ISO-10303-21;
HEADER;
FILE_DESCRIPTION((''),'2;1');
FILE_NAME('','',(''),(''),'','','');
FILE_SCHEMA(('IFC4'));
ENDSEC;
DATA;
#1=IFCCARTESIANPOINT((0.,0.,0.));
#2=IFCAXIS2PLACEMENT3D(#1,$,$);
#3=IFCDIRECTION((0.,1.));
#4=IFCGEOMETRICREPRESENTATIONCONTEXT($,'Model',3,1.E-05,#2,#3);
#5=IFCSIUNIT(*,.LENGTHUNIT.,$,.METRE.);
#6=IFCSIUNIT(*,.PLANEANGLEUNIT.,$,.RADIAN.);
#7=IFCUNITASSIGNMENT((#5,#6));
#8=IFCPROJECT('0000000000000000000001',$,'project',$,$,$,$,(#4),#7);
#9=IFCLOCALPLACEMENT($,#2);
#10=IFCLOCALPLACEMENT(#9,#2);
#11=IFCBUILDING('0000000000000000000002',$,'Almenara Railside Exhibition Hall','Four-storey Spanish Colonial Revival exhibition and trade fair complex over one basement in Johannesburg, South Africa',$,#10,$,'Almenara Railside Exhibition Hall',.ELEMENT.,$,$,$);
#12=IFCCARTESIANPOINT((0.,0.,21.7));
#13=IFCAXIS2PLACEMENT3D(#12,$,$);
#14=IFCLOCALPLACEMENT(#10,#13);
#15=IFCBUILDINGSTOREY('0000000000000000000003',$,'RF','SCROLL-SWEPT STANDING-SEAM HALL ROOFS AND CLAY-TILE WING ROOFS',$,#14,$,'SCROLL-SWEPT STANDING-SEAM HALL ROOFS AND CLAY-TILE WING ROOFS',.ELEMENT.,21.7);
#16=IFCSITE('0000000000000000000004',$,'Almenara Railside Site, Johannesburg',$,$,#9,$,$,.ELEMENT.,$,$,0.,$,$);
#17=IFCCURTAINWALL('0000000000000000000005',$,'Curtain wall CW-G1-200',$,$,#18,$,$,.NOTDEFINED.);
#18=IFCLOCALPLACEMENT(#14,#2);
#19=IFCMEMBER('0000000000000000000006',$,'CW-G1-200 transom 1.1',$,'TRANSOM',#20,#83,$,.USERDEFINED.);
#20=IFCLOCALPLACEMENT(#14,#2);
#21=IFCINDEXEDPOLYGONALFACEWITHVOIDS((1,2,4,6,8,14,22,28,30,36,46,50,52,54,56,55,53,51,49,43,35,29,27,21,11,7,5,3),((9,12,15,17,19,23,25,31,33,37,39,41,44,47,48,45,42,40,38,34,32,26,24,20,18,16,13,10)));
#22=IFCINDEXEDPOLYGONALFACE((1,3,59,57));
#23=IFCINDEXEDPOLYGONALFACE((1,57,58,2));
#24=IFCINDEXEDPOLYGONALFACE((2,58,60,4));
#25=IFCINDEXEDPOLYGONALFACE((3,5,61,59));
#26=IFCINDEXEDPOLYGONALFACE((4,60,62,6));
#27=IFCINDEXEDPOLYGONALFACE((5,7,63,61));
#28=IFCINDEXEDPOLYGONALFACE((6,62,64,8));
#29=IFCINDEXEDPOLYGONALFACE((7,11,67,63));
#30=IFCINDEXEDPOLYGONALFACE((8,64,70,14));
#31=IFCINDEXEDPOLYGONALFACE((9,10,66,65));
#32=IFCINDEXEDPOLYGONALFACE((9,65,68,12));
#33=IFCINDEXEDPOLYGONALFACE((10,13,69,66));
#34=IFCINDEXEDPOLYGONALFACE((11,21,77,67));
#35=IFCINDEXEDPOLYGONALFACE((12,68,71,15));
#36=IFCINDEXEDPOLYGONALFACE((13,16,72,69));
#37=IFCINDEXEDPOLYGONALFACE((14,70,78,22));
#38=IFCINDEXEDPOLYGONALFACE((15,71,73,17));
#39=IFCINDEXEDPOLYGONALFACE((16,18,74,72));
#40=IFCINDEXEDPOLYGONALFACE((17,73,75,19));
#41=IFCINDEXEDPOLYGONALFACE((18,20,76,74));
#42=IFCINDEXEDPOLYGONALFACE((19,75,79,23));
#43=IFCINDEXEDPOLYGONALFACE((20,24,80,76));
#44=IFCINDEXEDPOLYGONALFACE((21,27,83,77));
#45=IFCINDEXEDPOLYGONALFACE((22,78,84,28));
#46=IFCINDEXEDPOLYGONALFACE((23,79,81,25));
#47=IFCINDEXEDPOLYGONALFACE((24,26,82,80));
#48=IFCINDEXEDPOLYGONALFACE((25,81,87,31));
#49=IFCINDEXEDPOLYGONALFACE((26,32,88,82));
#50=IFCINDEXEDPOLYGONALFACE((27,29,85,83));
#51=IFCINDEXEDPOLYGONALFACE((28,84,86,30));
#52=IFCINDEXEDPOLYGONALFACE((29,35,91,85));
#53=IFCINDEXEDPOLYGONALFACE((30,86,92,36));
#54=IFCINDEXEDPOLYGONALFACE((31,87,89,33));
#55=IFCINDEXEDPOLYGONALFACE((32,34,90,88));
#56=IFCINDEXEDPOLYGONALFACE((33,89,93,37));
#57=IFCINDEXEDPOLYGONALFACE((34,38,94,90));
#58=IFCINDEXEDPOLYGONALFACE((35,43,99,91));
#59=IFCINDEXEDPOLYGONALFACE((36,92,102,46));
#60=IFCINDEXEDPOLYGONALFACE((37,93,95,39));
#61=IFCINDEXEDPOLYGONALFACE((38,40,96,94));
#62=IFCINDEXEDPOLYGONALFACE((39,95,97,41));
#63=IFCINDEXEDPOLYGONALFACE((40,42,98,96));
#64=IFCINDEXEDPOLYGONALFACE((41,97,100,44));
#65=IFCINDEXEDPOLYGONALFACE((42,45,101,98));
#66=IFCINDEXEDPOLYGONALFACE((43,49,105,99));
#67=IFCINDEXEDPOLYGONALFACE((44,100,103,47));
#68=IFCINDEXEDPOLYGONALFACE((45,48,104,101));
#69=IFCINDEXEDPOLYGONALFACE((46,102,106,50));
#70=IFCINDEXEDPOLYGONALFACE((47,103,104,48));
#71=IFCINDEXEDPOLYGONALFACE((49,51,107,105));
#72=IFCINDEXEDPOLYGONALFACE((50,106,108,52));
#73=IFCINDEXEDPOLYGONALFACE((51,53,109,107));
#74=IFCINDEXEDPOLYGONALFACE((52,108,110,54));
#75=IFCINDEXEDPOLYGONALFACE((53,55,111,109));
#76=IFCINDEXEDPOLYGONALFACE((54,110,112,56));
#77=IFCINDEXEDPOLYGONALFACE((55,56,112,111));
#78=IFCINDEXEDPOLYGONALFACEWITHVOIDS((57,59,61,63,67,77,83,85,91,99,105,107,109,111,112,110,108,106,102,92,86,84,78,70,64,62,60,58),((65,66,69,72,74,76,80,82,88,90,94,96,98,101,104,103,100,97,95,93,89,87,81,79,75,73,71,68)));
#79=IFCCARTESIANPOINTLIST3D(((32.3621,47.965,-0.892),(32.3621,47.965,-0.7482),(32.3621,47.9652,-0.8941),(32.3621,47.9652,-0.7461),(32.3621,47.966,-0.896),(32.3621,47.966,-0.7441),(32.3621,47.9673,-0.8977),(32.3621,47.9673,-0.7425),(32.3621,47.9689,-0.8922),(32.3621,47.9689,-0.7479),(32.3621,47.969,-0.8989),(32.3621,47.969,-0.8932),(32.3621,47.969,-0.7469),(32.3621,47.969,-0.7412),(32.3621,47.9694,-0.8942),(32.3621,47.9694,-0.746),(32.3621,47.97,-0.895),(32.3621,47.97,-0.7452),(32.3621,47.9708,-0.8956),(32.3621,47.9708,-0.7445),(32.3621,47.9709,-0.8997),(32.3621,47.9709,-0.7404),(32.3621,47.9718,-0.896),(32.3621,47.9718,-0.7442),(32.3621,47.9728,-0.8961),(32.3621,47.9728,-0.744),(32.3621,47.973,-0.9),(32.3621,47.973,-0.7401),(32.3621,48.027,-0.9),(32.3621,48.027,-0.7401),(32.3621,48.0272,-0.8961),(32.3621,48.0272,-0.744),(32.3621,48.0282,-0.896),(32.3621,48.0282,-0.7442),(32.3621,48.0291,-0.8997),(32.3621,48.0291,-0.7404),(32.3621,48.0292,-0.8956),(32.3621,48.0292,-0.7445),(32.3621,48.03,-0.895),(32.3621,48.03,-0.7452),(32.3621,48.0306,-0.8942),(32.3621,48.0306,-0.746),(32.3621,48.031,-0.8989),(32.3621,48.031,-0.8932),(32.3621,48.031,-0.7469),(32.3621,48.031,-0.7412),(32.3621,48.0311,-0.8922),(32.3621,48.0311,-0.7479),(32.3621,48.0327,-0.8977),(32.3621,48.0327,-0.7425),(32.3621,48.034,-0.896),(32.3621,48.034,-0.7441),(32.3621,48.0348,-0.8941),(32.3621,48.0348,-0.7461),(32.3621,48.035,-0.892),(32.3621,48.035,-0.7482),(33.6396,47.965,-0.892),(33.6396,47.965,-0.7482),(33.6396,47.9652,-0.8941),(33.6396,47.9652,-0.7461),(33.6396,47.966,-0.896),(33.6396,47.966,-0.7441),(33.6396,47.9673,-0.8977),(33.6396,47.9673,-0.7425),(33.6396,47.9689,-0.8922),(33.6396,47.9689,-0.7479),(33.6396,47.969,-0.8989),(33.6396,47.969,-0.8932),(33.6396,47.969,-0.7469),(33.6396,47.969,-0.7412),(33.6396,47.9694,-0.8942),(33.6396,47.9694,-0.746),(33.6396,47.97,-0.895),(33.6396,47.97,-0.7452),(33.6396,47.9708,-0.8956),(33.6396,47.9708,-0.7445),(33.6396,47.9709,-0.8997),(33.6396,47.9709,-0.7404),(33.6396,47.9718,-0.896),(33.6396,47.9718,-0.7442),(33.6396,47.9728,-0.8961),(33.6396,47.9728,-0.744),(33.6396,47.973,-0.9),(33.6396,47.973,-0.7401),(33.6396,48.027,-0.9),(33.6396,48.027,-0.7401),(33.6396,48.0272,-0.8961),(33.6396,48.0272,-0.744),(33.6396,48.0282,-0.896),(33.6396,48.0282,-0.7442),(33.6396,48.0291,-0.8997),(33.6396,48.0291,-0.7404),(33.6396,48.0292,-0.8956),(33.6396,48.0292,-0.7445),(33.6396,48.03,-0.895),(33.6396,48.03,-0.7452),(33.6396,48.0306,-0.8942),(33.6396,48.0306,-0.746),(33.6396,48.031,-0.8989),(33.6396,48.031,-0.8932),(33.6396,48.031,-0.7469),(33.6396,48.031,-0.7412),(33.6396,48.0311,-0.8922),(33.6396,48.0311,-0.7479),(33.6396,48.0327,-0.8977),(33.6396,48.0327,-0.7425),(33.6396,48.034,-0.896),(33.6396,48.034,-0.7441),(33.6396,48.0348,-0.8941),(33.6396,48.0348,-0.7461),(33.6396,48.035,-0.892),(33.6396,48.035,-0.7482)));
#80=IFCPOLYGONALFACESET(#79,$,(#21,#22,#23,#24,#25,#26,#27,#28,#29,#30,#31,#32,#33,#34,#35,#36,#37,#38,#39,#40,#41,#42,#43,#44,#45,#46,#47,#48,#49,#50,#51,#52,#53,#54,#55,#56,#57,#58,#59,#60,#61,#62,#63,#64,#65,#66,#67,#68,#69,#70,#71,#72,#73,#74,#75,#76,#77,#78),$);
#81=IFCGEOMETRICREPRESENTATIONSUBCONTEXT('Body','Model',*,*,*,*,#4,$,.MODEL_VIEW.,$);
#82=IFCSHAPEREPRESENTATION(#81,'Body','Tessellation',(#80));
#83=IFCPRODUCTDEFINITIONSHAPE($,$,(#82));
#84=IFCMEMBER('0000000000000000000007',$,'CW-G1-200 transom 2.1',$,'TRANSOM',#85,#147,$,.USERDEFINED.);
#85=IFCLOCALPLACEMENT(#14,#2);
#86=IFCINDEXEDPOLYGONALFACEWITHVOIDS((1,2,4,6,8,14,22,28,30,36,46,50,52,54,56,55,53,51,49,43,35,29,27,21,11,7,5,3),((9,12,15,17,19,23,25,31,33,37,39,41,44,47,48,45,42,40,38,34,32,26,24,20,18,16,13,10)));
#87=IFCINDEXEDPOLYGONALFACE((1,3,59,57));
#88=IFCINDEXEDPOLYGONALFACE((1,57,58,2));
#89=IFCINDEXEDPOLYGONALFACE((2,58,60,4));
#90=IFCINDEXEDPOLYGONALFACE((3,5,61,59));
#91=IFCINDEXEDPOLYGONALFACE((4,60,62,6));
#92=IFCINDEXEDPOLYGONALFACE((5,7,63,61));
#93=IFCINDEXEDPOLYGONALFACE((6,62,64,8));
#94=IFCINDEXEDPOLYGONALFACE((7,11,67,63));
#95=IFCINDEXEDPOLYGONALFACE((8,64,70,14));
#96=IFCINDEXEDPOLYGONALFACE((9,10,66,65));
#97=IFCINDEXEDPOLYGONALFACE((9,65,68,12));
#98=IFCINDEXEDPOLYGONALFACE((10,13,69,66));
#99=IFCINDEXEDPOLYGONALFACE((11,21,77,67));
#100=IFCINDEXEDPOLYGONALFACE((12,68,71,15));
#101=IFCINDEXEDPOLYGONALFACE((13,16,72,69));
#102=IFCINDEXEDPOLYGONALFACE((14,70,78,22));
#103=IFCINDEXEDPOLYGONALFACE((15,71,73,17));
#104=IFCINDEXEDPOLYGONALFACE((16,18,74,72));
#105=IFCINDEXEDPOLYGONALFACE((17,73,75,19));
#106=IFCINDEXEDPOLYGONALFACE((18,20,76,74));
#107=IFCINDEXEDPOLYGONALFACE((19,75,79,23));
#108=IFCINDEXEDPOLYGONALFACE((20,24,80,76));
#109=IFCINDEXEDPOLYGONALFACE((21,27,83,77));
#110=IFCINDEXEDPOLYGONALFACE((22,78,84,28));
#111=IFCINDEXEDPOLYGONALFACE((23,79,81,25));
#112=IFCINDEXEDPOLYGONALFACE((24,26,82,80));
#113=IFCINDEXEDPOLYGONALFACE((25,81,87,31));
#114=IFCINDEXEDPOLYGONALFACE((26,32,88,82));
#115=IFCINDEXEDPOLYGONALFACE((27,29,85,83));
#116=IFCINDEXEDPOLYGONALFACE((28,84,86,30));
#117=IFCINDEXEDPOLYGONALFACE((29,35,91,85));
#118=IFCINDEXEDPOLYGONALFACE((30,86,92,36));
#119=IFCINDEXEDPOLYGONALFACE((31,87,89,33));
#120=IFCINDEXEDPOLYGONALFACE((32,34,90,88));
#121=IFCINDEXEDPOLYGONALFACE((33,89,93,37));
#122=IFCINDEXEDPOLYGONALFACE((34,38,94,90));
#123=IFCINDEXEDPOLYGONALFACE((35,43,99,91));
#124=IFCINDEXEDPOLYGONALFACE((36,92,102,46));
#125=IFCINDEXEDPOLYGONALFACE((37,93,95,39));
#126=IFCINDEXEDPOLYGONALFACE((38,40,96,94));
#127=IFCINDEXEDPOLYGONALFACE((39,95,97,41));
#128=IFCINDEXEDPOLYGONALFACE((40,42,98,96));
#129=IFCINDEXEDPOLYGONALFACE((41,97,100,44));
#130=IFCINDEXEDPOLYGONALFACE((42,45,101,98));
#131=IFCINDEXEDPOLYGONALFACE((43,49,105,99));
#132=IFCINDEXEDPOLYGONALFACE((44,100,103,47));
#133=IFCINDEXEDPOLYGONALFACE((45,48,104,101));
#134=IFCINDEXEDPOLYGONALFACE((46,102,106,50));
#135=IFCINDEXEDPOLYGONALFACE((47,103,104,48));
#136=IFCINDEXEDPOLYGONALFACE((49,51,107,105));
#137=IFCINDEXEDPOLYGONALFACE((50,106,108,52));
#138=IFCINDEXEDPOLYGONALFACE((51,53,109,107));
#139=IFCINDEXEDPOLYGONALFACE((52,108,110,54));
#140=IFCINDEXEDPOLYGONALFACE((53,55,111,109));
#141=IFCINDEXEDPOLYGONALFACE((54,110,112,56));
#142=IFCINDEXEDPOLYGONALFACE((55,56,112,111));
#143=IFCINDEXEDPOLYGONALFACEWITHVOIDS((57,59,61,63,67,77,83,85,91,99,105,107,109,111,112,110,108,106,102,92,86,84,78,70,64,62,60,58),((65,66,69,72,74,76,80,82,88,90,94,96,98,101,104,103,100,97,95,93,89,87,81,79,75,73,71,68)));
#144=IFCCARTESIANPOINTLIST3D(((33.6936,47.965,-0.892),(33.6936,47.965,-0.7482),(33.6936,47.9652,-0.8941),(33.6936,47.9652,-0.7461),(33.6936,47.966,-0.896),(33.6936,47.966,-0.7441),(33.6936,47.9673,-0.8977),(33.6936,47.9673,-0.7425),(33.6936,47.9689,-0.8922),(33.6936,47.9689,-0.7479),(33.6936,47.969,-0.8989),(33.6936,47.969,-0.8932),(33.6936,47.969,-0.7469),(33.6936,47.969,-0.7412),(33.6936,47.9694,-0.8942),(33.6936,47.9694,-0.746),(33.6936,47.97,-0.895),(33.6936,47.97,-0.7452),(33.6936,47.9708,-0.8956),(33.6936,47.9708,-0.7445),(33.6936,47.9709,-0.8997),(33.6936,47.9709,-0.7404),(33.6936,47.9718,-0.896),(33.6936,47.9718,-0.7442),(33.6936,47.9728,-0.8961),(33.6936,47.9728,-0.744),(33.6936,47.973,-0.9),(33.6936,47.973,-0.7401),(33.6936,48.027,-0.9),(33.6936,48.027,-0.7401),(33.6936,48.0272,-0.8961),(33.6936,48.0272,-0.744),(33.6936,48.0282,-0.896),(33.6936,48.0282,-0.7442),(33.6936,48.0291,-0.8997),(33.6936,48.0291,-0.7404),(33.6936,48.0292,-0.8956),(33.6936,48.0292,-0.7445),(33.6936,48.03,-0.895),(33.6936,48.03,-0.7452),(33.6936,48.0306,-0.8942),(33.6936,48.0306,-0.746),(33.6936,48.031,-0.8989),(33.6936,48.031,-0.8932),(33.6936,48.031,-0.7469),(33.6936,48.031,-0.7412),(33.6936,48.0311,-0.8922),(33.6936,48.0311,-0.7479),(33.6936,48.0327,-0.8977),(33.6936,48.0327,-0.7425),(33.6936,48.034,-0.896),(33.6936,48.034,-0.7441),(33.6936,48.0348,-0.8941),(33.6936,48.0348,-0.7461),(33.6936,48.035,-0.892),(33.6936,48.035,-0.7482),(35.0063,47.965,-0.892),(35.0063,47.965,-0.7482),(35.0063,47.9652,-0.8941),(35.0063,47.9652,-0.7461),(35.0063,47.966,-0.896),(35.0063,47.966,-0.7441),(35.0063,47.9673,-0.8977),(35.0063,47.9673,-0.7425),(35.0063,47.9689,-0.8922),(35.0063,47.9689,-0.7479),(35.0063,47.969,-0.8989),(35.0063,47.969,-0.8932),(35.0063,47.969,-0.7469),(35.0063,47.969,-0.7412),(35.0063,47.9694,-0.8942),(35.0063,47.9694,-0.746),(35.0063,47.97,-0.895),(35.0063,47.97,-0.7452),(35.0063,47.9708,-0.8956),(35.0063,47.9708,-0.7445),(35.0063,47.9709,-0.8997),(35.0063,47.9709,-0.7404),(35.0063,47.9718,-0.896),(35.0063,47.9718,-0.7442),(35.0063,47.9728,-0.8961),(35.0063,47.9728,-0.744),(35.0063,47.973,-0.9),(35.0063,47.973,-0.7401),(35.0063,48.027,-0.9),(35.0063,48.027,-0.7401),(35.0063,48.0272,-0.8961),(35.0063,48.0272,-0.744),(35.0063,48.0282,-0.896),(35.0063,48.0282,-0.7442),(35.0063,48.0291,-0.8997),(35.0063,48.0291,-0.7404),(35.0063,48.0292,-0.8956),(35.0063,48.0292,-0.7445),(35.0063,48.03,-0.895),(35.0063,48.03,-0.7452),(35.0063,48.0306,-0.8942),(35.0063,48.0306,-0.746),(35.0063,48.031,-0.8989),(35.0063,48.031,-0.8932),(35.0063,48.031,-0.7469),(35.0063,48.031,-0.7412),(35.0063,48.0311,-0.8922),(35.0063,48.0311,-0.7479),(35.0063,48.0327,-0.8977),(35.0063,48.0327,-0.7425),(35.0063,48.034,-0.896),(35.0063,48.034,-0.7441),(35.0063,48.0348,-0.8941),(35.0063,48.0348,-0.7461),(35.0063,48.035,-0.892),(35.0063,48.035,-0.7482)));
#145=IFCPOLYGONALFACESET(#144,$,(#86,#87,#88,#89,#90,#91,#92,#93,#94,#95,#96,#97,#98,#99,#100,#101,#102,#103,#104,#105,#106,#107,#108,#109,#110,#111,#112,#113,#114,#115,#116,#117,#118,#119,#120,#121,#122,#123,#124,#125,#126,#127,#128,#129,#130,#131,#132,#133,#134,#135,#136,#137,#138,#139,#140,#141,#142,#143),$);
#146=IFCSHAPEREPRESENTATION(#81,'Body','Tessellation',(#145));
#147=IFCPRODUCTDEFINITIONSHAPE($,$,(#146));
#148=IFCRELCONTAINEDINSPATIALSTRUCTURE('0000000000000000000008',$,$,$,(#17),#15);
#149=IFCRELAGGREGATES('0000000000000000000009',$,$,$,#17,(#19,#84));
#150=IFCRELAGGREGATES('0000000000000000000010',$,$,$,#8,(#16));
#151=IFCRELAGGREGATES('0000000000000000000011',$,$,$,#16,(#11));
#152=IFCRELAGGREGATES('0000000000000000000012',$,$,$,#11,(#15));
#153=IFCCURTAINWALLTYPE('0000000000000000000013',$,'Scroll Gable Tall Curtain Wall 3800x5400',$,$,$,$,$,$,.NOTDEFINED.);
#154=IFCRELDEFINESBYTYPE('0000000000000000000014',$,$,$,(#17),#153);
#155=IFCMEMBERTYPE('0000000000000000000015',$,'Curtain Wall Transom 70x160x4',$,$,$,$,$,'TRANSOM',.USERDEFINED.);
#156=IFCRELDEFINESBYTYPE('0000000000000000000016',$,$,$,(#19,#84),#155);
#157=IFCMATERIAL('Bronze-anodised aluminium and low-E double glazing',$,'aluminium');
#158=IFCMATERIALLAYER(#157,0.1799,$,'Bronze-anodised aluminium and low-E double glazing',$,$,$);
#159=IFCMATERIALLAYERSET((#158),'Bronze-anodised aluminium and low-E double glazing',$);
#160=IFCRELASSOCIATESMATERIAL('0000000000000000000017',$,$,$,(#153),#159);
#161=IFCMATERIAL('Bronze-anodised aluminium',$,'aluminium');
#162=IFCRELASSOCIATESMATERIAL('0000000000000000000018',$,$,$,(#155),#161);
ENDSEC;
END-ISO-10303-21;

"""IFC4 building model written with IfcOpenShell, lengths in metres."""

from ifc_helpers import new_model, si_unit, direction, frame, origin, origin_2d, place, context, subcontext, project, spatial, hollow_rectangle, extrude, material, layer, layer_set, material_profile, profile_set, type_object, element, aggregate, save


model = new_model("IFC4")

# Units and contexts
model_context = context("Model", 3, precision=1e-05, world=origin(), true_north=direction((0.0, 1.0)))
body_context = subcontext(model_context, "Body", "Model", "MODEL_VIEW")
ifc_project = project(units=[si_unit("LENGTHUNIT", "METRE"), si_unit("PLANEANGLEUNIT", "RADIAN")], contexts=[model_context])

# Site, building, storey
site_placement = place(None, origin())
site = spatial("IfcSite", under=ifc_project, at=site_placement, Name="Almenara Railside Site, Johannesburg", CompositionType="ELEMENT", RefElevation=0.0)
building_placement = place(site_placement, origin())
building = spatial("IfcBuilding", under=site, at=building_placement, Name="Almenara Railside Exhibition Hall", Description="Four-storey Spanish Colonial Revival exhibition and trade fair complex over one basement in Johannesburg, South Africa", LongName="Almenara Railside Exhibition Hall", CompositionType="ELEMENT")
storey_placement = place(building_placement, frame((0.0, 0.0, 21.7)))
storey = spatial("IfcBuildingStorey", under=building, at=storey_placement, Name="RF", Description="SCROLL-SWEPT STANDING-SEAM HALL ROOFS AND CLAY-TILE WING ROOFS", LongName="SCROLL-SWEPT STANDING-SEAM HALL ROOFS AND CLAY-TILE WING ROOFS", CompositionType="ELEMENT", Elevation=21.7)

# Curtain wall
ifc_material_1 = material(Name="Bronze-anodised aluminium and low-E double glazing", Category="aluminium")
ifc_layer_1 = layer(ifc_material_1, 0.1799, Name="Bronze-anodised aluminium and low-E double glazing")
ifc_layer_set_1 = layer_set([ifc_layer_1], Name="Bronze-anodised aluminium and low-E double glazing")
curtain_wall_type = type_object("IfcCurtainWallType", Name="Scroll Gable Tall Curtain Wall 3800x5400", PredefinedType="NOTDEFINED", material=ifc_layer_set_1)
ifc_material_2 = material(Name="Bronze-anodised aluminium", Category="aluminium")
curtain_wall_1_placement = place(storey_placement, origin())
curtain_wall_1 = element("IfcCurtainWall", 1, at=curtain_wall_1_placement, inside=storey, type_object=curtain_wall_type, Name="Curtain wall CW-G1-200", PredefinedType="NOTDEFINED")

# Members
ifc_material_profile_1 = material_profile(ifc_material_2, hollow_rectangle(XDim=0.0701, YDim=0.1599, WallThickness=0.0039, InnerFilletRadius=0.0039, OuterFilletRadius=0.0081, at=origin_2d()), Name="ALU-TRN 70x160x4")
ifc_profile_set_1 = profile_set([ifc_material_profile_1], Name="Bronze-anodised aluminium")
member_type_1 = type_object("IfcMemberType", Name="Curtain Wall Transom 70x160x4", ElementType="TRANSOM", PredefinedType="USERDEFINED", material=ifc_profile_set_1)
member_1_placement = place(storey_placement, frame((32.3621, 48.0, -0.8201), z_axis=(1.0, 0.0, 0.0), x_axis=(0.0, 1.0, 0.0)))
member_1 = element("IfcMember", 2, at=member_1_placement, type_object=member_type_1, Name="CW-G1-200 transom 1.1", ObjectType="TRANSOM", PredefinedType="USERDEFINED", context=body_context, shape_type="SweptSolid", body=[
    extrude(hollow_rectangle(XDim=0.0701, YDim=0.1599, WallThickness=0.0039, InnerFilletRadius=0.0039, OuterFilletRadius=0.0081, at=origin_2d()), origin(), (0.0, 0.0, 1.0), 1.2776),
])
member_2_placement = place(storey_placement, frame((33.6936, 48.0, -0.8201), z_axis=(1.0, 0.0, 0.0), x_axis=(0.0, 1.0, 0.0)))
member_2 = element("IfcMember", 3, at=member_2_placement, type_object=member_type_1, Name="CW-G1-200 transom 2.1", ObjectType="TRANSOM", PredefinedType="USERDEFINED", context=body_context, shape_type="SweptSolid", body=[
    extrude(hollow_rectangle(XDim=0.0701, YDim=0.1599, WallThickness=0.0039, InnerFilletRadius=0.0039, OuterFilletRadius=0.0081, at=origin_2d()), origin(), (0.0, 0.0, 1.0), 1.3127),
])

aggregate(curtain_wall_1, [member_1, member_2])

save(model, "model.ifc")
